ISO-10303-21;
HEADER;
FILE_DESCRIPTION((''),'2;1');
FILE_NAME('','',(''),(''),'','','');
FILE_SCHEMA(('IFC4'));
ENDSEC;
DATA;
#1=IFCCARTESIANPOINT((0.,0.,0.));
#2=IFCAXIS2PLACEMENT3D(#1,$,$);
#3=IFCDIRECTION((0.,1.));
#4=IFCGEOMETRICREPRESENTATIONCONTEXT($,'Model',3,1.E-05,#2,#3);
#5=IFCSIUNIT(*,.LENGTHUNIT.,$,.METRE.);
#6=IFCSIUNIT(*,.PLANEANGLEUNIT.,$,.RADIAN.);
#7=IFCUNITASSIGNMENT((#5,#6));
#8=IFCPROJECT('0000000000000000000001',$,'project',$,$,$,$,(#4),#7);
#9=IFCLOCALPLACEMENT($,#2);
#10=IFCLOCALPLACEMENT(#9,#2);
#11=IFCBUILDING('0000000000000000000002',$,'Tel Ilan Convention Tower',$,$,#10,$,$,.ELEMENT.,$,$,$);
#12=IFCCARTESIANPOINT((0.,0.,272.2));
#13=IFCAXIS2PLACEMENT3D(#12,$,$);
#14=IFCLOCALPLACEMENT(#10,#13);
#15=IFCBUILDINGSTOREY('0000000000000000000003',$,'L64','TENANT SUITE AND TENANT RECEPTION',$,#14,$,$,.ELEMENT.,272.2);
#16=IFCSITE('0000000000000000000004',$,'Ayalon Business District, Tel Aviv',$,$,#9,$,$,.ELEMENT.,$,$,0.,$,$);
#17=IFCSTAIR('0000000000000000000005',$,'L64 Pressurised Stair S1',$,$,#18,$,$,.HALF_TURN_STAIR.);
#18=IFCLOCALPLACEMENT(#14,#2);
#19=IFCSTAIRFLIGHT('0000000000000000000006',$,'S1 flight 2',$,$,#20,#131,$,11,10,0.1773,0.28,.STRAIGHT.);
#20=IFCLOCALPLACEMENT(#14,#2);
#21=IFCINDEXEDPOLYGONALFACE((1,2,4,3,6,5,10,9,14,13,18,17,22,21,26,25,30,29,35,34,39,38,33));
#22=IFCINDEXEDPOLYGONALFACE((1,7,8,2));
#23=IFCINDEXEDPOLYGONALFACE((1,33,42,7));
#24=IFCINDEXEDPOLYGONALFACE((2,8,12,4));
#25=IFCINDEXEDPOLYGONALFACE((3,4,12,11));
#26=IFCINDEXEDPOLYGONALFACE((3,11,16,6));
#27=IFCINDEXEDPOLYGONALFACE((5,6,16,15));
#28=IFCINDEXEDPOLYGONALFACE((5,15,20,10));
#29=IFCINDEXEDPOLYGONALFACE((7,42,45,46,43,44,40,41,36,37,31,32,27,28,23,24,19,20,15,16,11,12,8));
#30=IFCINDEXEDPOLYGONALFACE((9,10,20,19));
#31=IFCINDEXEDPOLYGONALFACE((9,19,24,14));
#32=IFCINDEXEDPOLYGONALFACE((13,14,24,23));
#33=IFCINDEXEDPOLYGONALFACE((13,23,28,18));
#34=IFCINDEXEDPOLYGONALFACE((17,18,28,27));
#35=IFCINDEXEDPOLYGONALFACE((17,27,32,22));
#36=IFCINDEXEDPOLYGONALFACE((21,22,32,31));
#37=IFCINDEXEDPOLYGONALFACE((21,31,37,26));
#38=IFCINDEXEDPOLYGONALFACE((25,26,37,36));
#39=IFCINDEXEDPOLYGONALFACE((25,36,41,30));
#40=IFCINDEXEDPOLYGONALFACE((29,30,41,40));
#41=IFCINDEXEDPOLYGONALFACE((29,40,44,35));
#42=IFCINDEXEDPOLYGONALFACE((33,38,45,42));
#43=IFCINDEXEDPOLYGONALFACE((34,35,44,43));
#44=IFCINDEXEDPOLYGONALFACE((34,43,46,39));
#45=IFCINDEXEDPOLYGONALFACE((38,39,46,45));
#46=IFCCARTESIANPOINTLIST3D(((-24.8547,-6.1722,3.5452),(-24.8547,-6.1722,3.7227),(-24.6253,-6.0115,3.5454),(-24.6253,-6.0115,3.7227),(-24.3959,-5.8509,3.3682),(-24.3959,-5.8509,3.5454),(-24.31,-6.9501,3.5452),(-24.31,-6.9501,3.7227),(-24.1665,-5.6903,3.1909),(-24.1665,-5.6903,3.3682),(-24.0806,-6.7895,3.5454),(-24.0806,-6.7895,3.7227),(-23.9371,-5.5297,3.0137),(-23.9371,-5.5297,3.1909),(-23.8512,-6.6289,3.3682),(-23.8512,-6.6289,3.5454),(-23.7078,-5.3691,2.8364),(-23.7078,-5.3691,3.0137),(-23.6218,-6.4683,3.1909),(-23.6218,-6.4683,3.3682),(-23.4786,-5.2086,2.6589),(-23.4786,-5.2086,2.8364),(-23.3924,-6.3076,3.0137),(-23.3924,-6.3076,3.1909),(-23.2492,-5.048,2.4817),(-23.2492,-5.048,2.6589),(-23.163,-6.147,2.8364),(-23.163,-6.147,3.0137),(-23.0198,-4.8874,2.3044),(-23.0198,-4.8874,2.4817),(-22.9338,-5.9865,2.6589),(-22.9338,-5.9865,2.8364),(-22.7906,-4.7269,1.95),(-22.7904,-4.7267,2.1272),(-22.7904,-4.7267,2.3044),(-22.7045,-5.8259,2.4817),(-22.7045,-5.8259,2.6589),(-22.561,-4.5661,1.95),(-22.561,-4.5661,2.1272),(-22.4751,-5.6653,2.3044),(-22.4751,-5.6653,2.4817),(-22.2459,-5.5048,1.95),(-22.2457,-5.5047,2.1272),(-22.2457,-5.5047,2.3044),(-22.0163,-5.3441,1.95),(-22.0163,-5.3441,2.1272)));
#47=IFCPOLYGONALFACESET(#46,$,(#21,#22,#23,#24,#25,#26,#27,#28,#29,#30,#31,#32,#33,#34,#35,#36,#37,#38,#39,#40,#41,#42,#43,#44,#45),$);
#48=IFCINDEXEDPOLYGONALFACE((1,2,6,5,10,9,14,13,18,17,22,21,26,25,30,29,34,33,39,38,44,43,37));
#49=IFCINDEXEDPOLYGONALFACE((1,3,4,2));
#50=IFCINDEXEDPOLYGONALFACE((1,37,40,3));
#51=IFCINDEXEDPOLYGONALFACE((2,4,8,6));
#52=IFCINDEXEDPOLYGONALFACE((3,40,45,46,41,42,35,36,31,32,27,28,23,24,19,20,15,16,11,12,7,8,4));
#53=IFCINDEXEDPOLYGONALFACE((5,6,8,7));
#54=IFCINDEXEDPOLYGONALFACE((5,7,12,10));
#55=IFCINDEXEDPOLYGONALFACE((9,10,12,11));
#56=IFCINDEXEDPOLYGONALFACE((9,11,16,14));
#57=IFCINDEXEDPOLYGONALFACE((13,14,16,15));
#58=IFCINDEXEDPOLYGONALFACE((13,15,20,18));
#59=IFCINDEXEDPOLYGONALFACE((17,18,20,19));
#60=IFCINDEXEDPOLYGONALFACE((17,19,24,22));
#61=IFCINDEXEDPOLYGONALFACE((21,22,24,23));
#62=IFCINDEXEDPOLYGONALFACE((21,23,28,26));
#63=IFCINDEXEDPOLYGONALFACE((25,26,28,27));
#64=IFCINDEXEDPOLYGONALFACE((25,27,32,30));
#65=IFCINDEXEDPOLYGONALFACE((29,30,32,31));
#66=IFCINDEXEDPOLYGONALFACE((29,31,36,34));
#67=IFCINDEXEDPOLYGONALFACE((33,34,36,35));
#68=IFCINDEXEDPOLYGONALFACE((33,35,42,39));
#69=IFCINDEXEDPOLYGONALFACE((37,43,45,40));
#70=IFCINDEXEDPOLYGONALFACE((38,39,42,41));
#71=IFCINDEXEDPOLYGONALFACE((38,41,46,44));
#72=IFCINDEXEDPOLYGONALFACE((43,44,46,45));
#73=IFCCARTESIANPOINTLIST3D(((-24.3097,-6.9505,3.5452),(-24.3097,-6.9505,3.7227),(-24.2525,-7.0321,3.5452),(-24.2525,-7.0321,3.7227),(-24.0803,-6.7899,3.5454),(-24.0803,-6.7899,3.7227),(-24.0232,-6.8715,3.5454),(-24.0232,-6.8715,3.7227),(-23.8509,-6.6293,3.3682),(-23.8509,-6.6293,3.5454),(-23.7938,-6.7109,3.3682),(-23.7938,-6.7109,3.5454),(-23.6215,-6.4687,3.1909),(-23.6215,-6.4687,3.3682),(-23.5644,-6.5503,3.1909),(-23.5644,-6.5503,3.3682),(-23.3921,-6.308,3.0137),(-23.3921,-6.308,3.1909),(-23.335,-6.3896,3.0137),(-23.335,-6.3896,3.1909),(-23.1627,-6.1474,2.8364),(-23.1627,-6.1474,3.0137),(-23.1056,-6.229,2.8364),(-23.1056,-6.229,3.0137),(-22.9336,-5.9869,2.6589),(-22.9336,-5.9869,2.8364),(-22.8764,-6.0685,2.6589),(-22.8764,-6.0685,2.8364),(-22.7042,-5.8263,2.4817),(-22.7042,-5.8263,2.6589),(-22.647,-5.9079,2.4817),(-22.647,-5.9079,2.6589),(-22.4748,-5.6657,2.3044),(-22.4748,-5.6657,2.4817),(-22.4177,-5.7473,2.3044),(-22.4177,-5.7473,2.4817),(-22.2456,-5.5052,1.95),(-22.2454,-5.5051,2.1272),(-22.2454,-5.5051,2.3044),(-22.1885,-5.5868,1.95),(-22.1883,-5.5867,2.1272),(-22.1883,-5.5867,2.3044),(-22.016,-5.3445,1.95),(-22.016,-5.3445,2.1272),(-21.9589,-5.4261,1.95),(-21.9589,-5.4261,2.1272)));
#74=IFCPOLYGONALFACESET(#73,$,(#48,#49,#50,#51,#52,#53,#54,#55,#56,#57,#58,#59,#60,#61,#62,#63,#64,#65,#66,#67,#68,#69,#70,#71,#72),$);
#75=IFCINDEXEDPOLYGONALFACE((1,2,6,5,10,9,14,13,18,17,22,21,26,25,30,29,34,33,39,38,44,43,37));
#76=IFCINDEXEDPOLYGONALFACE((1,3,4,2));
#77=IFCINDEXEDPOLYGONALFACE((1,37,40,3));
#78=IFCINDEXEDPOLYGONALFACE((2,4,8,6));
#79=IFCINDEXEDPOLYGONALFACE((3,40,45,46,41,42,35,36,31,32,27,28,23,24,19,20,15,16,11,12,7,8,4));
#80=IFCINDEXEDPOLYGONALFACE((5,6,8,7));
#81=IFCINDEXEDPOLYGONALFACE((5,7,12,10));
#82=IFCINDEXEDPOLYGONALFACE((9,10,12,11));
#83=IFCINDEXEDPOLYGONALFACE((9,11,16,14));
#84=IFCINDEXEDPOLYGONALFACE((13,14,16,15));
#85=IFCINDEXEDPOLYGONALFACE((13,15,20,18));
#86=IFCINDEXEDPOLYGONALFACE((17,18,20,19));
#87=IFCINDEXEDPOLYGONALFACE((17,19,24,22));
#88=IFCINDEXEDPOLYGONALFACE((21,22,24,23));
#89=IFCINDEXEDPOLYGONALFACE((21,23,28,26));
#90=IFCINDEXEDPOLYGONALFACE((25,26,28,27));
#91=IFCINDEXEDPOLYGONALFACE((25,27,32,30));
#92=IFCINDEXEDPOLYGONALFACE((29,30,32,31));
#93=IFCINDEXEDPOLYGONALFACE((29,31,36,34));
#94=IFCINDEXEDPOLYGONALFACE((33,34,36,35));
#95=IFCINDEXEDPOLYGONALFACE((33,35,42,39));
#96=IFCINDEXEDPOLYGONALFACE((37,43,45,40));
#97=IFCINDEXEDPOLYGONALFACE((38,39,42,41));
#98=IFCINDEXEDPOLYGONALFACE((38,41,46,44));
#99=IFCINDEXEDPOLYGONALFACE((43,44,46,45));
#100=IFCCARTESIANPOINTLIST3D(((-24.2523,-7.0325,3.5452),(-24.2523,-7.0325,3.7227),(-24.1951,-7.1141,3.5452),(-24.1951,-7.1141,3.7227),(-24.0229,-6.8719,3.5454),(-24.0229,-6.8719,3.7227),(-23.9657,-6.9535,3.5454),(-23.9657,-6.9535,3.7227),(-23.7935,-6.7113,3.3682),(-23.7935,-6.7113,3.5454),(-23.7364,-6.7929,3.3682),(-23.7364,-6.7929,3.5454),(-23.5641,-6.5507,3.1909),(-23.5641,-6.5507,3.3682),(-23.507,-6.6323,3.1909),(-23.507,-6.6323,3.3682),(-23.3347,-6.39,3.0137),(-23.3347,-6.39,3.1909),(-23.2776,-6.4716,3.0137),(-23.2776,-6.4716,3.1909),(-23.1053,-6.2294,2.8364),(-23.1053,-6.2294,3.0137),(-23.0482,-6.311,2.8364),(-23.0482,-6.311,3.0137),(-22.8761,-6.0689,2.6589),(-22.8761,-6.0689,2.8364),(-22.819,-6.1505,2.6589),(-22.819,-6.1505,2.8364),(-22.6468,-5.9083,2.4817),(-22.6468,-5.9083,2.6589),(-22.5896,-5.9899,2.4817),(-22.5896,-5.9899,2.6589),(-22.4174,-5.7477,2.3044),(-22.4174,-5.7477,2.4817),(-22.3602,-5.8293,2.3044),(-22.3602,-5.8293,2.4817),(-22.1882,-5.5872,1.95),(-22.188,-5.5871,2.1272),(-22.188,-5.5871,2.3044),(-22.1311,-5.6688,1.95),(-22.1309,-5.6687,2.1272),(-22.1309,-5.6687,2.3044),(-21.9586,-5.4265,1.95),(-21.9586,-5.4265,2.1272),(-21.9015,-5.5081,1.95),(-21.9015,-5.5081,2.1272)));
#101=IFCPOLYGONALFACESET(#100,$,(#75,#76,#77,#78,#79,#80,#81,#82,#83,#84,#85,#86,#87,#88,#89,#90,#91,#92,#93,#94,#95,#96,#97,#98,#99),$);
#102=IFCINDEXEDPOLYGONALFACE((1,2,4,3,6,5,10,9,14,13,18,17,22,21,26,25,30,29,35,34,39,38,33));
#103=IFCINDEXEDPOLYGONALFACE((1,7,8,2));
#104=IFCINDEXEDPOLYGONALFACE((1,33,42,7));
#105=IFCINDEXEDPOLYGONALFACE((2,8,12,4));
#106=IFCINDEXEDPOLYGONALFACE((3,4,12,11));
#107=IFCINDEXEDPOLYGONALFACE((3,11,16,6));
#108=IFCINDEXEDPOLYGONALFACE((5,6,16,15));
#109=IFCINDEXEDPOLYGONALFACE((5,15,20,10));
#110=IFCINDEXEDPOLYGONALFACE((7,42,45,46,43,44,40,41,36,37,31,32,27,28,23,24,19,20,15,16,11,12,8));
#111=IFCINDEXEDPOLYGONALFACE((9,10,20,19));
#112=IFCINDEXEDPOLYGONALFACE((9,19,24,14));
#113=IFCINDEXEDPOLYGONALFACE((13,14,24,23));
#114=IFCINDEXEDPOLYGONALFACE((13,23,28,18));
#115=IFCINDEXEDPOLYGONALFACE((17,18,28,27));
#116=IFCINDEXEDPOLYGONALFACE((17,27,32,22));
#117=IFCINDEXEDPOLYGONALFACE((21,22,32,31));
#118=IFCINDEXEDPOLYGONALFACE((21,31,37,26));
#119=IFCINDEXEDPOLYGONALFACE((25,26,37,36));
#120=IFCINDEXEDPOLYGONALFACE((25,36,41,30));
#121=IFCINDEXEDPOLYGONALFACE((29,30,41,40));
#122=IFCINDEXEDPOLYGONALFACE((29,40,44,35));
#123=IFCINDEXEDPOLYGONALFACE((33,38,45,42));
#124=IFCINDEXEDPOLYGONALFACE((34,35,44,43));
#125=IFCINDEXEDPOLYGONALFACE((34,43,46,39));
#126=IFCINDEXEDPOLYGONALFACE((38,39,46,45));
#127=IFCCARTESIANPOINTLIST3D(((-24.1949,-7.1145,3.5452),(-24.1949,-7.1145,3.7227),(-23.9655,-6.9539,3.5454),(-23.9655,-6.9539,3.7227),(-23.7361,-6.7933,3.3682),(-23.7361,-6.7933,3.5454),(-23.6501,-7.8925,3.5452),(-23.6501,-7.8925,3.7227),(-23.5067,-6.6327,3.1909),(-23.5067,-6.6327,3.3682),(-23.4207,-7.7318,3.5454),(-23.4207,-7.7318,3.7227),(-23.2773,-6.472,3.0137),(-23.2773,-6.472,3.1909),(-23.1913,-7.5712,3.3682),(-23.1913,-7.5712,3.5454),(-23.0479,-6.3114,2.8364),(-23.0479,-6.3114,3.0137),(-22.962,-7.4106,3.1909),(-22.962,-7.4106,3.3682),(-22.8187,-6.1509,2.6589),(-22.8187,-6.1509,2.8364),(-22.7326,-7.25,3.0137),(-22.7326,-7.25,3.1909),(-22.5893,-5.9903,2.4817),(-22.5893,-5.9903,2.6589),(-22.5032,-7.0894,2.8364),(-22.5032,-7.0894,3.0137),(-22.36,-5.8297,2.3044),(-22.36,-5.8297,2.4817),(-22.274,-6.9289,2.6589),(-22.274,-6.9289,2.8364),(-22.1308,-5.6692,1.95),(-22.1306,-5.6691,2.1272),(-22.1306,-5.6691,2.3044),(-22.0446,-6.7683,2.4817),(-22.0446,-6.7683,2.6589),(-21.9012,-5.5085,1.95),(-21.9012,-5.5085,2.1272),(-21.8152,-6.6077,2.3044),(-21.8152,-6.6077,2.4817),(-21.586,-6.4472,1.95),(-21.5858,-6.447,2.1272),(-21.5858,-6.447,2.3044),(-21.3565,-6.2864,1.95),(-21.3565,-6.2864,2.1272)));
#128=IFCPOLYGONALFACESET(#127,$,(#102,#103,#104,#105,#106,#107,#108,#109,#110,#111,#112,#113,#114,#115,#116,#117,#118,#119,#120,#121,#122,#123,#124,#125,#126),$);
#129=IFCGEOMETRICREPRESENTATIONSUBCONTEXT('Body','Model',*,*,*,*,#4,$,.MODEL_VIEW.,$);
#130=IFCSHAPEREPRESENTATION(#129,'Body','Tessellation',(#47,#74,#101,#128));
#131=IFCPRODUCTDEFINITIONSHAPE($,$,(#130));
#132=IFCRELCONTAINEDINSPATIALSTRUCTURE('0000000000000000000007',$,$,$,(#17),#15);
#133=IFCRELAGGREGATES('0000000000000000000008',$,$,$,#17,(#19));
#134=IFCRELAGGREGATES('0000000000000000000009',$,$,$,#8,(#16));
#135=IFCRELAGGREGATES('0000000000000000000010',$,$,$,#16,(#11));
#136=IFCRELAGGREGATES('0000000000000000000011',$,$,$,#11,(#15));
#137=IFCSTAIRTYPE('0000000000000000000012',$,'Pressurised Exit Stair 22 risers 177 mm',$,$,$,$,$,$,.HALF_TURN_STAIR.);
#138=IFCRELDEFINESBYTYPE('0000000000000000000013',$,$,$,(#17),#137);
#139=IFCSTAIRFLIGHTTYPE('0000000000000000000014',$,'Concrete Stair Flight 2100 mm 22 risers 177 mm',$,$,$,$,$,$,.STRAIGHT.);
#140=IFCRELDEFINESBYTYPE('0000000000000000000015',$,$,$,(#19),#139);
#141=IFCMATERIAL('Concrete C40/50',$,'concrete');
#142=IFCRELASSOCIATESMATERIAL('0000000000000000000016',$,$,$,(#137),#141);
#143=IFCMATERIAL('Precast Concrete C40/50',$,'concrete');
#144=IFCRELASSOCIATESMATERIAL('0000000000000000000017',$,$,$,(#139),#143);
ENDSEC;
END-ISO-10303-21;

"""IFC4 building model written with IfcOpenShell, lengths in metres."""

from ifc_helpers import new_model, si_unit, direction, frame, origin, place, context, subcontext, project, spatial, polyline, outline, extrude, material, type_object, element, aggregate, save


model = new_model("IFC4")

# Units and contexts
model_context = context("Model", 3, precision=1e-05, world=origin(), true_north=direction((0.0, 1.0)))
body_context = subcontext(model_context, "Body", "Model", "MODEL_VIEW")
ifc_project = project(units=[si_unit("LENGTHUNIT", "METRE"), si_unit("PLANEANGLEUNIT", "RADIAN")], contexts=[model_context])

# Site, building, storey
site_placement = place(None, origin())
site = spatial("IfcSite", under=ifc_project, at=site_placement, Name="Ayalon Business District, Tel Aviv", CompositionType="ELEMENT", RefElevation=0.0)
building_placement = place(site_placement, origin())
building = spatial("IfcBuilding", under=site, at=building_placement, Name="Tel Ilan Convention Tower", CompositionType="ELEMENT")
storey_placement = place(building_placement, frame((0.0, 0.0, 272.2)))
storey = spatial("IfcBuildingStorey", under=building, at=storey_placement, Name="L64", Description="TENANT SUITE AND TENANT RECEPTION", CompositionType="ELEMENT", Elevation=272.2)

# Stair, stair flight
ifc_material_1 = material(Name="Concrete C40/50", Category="concrete")
stair_type = type_object("IfcStairType", Name="Pressurised Exit Stair 22 risers 177 mm", PredefinedType="HALF_TURN_STAIR", material=ifc_material_1)
stair_1_placement = place(storey_placement, origin())
stair_1 = element("IfcStair", 1, at=stair_1_placement, inside=storey, type_object=stair_type, Name="L64 Pressurised Stair S1", PredefinedType="HALF_TURN_STAIR")
ifc_material_2 = material(Name="Precast Concrete C40/50", Category="concrete")
stair_flight_type = type_object("IfcStairFlightType", Name="Concrete Stair Flight 2100 mm 22 risers 177 mm", PredefinedType="STRAIGHT", material=ifc_material_2)
stair_flight_1_placement = place(storey_placement, frame((-21.9587, -5.4263, 1.95), z_axis=(0.0, 0.0, 1.0), x_axis=(-0.819152, -0.573576, 0.0)))
stair_flight_1 = element("IfcStairFlight", 2, at=stair_flight_1_placement, type_object=stair_flight_type, Name="S1 flight 2", NumberOfRisers=11, NumberOfTreads=10, PredefinedType="STRAIGHT", RiserHeight=0.1773, TreadLength=0.28, context=body_context, shape_type="SweptSolid", body=[
    extrude(outline(polyline([(0.0, 0.0), (0.0, 0.1772), (0.28, 0.1772), (0.28, 0.3545), (0.5601, 0.3545), (0.5601, 0.5317), (0.8401, 0.5317), (0.8401, 0.709), (1.1201, 0.709), (1.1201, 0.8865), (1.3999, 0.8865), (1.3999, 1.0637), (1.6799, 1.0637), (1.6799, 1.241), (1.96, 1.241), (1.96, 1.4182), (2.24, 1.4182), (2.24, 1.5955), (2.52, 1.5955), (2.52, 1.7727), (2.8, 1.7727), (2.8, 1.95), (2.8, 1.5952), (0.2803, 0.0), (0.0, 0.0)])), frame((0.0, -0.1003, 0.0), z_axis=(0.0, -1.0, 0.0), x_axis=(1.0, 0.0, 0.0)), (0.0, 0.0, 1.0), 0.9497),
    extrude(outline(polyline([(0.0, 0.0), (0.0, 0.1772), (0.28, 0.1772), (0.28, 0.3545), (0.5601, 0.3545), (0.5601, 0.5317), (0.8401, 0.5317), (0.8401, 0.709), (1.1201, 0.709), (1.1201, 0.8865), (1.3999, 0.8865), (1.3999, 1.0637), (1.6799, 1.0637), (1.6799, 1.241), (1.96, 1.241), (1.96, 1.4182), (2.24, 1.4182), (2.24, 1.5955), (2.52, 1.5955), (2.52, 1.7727), (2.8, 1.7727), (2.8, 1.95), (2.8, 1.5952), (0.2803, 0.0), (0.0, 0.0)])), frame((0.0, -0.0002, 0.0), z_axis=(0.0, -1.0, 0.0), x_axis=(1.0, 0.0, 0.0)), (0.0, 0.0, 1.0), 0.0996),
    extrude(outline(polyline([(0.0, 0.0), (0.0, 0.1772), (0.28, 0.1772), (0.28, 0.3545), (0.5601, 0.3545), (0.5601, 0.5317), (0.8401, 0.5317), (0.8401, 0.709), (1.1201, 0.709), (1.1201, 0.8865), (1.3999, 0.8865), (1.3999, 1.0637), (1.6799, 1.0637), (1.6799, 1.241), (1.96, 1.241), (1.96, 1.4182), (2.24, 1.4182), (2.24, 1.5955), (2.52, 1.5955), (2.52, 1.7727), (2.8, 1.7727), (2.8, 1.95), (2.8, 1.5952), (0.2803, 0.0), (0.0, 0.0)])), frame((0.0, 0.0999, 0.0), z_axis=(0.0, -1.0, 0.0), x_axis=(1.0, 0.0, 0.0)), (0.0, 0.0, 1.0), 0.0996),
    extrude(outline(polyline([(0.0, 0.0), (0.0, 0.1772), (0.28, 0.1772), (0.28, 0.3545), (0.5601, 0.3545), (0.5601, 0.5317), (0.8401, 0.5317), (0.8401, 0.709), (1.1201, 0.709), (1.1201, 0.8865), (1.3999, 0.8865), (1.3999, 1.0637), (1.6799, 1.0637), (1.6799, 1.241), (1.96, 1.241), (1.96, 1.4182), (2.24, 1.4182), (2.24, 1.5955), (2.52, 1.5955), (2.52, 1.7727), (2.8, 1.7727), (2.8, 1.95), (2.8, 1.5952), (0.2803, 0.0), (0.0, 0.0)])), frame((0.0, 1.05, 0.0), z_axis=(0.0, -1.0, 0.0), x_axis=(1.0, 0.0, 0.0)), (0.0, 0.0, 1.0), 0.9497),
])
aggregate(stair_1, [stair_flight_1])

save(model, "model.ifc")
